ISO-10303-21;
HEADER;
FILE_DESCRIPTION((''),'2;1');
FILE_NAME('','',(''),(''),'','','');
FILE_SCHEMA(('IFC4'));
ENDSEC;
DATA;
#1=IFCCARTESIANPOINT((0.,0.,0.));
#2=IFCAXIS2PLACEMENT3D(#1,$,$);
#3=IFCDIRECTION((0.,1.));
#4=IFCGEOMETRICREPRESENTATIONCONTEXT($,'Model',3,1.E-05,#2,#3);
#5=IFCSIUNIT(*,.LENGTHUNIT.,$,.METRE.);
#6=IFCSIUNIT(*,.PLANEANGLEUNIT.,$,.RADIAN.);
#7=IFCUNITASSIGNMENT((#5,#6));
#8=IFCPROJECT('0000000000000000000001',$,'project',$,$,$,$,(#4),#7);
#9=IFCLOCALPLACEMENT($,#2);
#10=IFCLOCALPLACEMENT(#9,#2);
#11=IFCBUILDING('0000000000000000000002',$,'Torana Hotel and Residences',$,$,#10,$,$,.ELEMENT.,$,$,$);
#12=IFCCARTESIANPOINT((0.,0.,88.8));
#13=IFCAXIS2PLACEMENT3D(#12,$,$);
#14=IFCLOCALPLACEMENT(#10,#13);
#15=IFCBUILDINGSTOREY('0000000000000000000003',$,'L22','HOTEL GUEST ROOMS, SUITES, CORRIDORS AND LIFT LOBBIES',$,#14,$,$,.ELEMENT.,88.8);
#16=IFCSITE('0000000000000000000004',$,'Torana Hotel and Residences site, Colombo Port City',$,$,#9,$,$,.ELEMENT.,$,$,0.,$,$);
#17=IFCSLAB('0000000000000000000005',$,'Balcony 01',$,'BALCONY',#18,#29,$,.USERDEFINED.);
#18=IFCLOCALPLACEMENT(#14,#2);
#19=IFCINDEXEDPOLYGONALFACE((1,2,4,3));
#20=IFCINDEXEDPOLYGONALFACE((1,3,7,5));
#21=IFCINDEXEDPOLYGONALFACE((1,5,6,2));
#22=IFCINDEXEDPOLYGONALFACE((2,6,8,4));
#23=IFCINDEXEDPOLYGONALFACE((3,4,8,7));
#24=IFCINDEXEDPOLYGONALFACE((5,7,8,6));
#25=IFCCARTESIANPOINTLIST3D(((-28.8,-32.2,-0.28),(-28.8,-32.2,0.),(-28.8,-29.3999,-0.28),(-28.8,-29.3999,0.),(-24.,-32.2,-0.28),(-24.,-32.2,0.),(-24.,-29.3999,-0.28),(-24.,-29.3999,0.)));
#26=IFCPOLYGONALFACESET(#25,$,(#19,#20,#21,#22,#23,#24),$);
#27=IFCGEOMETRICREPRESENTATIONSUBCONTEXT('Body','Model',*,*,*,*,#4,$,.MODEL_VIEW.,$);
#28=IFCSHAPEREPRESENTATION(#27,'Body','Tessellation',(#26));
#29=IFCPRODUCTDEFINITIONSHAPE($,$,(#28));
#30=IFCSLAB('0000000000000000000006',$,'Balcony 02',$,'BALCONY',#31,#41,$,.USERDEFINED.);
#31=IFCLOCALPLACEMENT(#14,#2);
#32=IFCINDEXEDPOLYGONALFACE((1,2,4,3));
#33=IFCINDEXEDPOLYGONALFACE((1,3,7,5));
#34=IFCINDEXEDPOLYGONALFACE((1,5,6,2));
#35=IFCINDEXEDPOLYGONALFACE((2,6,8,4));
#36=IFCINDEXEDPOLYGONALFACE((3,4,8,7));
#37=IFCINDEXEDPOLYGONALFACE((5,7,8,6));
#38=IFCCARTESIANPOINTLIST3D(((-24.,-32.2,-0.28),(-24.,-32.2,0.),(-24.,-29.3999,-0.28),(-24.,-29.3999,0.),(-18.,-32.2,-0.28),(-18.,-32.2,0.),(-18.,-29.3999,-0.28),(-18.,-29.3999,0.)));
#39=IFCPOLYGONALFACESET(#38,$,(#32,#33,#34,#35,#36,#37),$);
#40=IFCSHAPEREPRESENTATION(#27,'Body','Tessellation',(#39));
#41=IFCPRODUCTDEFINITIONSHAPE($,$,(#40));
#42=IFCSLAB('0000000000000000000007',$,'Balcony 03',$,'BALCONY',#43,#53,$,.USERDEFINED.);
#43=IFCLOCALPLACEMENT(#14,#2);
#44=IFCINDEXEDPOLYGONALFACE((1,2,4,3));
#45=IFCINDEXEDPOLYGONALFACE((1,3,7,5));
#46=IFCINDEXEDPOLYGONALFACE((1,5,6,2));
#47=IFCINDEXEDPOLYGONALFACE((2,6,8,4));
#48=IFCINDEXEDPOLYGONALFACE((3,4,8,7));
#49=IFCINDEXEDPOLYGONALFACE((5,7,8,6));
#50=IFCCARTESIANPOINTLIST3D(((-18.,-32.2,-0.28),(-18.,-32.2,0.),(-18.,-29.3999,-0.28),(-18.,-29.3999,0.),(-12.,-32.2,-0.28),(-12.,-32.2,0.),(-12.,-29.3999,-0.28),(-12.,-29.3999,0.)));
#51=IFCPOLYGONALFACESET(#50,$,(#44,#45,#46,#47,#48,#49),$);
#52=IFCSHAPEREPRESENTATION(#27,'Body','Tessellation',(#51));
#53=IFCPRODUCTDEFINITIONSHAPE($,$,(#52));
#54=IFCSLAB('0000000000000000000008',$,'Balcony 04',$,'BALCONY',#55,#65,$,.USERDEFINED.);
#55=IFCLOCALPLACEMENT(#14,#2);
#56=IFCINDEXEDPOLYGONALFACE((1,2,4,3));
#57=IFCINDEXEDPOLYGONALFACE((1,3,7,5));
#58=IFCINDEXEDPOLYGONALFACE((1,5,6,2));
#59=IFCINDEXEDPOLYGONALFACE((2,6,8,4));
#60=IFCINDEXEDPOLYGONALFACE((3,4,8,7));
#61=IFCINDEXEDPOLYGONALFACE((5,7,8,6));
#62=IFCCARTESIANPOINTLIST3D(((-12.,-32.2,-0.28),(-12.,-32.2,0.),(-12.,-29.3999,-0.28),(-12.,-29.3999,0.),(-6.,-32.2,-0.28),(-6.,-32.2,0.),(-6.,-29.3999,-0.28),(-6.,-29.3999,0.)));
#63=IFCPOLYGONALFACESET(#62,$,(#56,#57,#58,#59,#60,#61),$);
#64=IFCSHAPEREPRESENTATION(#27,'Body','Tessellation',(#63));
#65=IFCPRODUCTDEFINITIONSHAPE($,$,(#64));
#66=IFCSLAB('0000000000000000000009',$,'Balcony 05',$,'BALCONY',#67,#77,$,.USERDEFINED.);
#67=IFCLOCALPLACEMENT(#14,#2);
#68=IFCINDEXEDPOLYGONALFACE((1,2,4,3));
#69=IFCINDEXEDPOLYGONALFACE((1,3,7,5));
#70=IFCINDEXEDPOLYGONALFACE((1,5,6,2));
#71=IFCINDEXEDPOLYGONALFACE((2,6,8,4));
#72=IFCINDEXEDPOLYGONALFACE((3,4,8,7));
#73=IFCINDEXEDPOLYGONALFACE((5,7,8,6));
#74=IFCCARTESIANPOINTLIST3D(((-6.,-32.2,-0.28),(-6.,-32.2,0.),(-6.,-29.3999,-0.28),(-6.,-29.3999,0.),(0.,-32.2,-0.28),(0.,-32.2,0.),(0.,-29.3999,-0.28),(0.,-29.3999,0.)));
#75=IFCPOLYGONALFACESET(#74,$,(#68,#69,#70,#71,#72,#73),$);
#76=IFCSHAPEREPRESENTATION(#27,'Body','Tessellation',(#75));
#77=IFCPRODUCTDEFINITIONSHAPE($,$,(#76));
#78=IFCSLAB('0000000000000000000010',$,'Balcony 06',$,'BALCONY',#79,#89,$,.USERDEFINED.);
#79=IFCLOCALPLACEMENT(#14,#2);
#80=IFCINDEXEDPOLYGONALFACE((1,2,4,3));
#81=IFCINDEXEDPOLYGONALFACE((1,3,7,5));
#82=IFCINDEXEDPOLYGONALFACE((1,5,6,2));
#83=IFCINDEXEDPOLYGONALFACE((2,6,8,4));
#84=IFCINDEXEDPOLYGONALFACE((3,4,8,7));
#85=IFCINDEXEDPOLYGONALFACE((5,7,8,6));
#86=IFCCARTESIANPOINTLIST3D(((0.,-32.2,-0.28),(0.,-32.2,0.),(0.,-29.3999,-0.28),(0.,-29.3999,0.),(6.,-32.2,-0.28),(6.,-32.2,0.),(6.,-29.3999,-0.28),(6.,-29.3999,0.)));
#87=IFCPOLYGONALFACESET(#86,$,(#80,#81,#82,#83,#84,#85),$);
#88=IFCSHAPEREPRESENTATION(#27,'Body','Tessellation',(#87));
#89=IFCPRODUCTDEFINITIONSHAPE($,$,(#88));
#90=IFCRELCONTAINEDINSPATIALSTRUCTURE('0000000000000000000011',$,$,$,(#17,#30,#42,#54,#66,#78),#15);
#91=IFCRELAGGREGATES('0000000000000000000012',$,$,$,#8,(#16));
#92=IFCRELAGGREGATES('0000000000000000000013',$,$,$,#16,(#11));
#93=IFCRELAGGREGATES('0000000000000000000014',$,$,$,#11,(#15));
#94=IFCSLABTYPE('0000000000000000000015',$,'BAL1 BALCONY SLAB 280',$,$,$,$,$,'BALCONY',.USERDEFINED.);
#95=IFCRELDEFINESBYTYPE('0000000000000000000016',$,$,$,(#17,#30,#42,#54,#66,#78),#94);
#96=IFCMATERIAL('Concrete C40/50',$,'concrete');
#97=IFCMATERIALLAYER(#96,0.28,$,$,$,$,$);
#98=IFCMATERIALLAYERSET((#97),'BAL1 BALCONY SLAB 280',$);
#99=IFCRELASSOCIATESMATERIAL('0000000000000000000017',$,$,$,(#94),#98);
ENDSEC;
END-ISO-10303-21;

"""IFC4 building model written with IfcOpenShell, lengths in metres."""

from ifc_helpers import new_model, si_unit, direction, frame, origin, place, context, subcontext, project, spatial, polyline, outline, extrude, material, layer, layer_set, type_object, element, save


model = new_model("IFC4")

# Units and contexts
model_context = context("Model", 3, precision=1e-05, world=origin(), true_north=direction((0.0, 1.0)))
body_context = subcontext(model_context, "Body", "Model", "MODEL_VIEW")
ifc_project = project(units=[si_unit("LENGTHUNIT", "METRE"), si_unit("PLANEANGLEUNIT", "RADIAN")], contexts=[model_context])

# Site, building, storey
site_placement = place(None, origin())
site = spatial("IfcSite", under=ifc_project, at=site_placement, Name="Torana Hotel and Residences site, Colombo Port City", CompositionType="ELEMENT", RefElevation=0.0)
building_placement = place(site_placement, origin())
building = spatial("IfcBuilding", under=site, at=building_placement, Name="Torana Hotel and Residences", CompositionType="ELEMENT")
storey_placement = place(building_placement, frame((0.0, 0.0, 88.8)))
storey = spatial("IfcBuildingStorey", under=building, at=storey_placement, Name="L22", Description="HOTEL GUEST ROOMS, SUITES, CORRIDORS AND LIFT LOBBIES", CompositionType="ELEMENT", Elevation=88.8)

# Slabs
ifc_material_1 = material(Name="Concrete C40/50", Category="concrete")
ifc_layer_1 = layer(ifc_material_1, 0.28)
ifc_layer_set_1 = layer_set([ifc_layer_1], Name="BAL1 BALCONY SLAB 280")
slab_type_1 = type_object("IfcSlabType", Name="BAL1 BALCONY SLAB 280", ElementType="BALCONY", PredefinedType="USERDEFINED", material=ifc_layer_set_1)
slab_1_placement = place(storey_placement, frame((0.0, 0.0, -0.28)))
element("IfcSlab", 1, at=slab_1_placement, inside=storey, type_object=slab_type_1, Name="Balcony 01", ObjectType="BALCONY", PredefinedType="USERDEFINED", context=body_context, shape_type="SweptSolid", body=[
    extrude(outline(polyline([(-28.8, -32.2), (-24.0, -32.2), (-24.0, -29.3999), (-28.8, -29.3999), (-28.8, -32.2)])), origin(), (0.0, 0.0, 1.0), 0.28),
])
slab_2_placement = place(storey_placement, frame((0.0, 0.0, -0.28)))
element("IfcSlab", 2, at=slab_2_placement, inside=storey, type_object=slab_type_1, Name="Balcony 02", ObjectType="BALCONY", PredefinedType="USERDEFINED", context=body_context, shape_type="SweptSolid", body=[
    extrude(outline(polyline([(-24.0, -32.2), (-18.0, -32.2), (-18.0, -29.3999), (-24.0, -29.3999), (-24.0, -32.2)])), origin(), (0.0, 0.0, 1.0), 0.28),
])
slab_3_placement = place(storey_placement, frame((0.0, 0.0, -0.28)))
element("IfcSlab", 3, at=slab_3_placement, inside=storey, type_object=slab_type_1, Name="Balcony 03", ObjectType="BALCONY", PredefinedType="USERDEFINED", context=body_context, shape_type="SweptSolid", body=[
    extrude(outline(polyline([(-18.0, -32.2), (-12.0, -32.2), (-12.0, -29.3999), (-18.0, -29.3999), (-18.0, -32.2)])), origin(), (0.0, 0.0, 1.0), 0.28),
])
slab_4_placement = place(storey_placement, frame((0.0, 0.0, -0.28)))
element("IfcSlab", 4, at=slab_4_placement, inside=storey, type_object=slab_type_1, Name="Balcony 04", ObjectType="BALCONY", PredefinedType="USERDEFINED", context=body_context, shape_type="SweptSolid", body=[
    extrude(outline(polyline([(-12.0, -32.2), (-6.0, -32.2), (-6.0, -29.3999), (-12.0, -29.3999), (-12.0, -32.2)])), origin(), (0.0, 0.0, 1.0), 0.28),
])
slab_5_placement = place(storey_placement, frame((0.0, 0.0, -0.28)))
element("IfcSlab", 5, at=slab_5_placement, inside=storey, type_object=slab_type_1, Name="Balcony 05", ObjectType="BALCONY", PredefinedType="USERDEFINED", context=body_context, shape_type="SweptSolid", body=[
    extrude(outline(polyline([(-6.0, -32.2), (0.0, -32.2), (0.0, -29.3999), (-6.0, -29.3999), (-6.0, -32.2)])), origin(), (0.0, 0.0, 1.0), 0.28),
])
slab_6_placement = place(storey_placement, frame((0.0, 0.0, -0.28)))
element("IfcSlab", 6, at=slab_6_placement, inside=storey, type_object=slab_type_1, Name="Balcony 06", ObjectType="BALCONY", PredefinedType="USERDEFINED", context=body_context, shape_type="SweptSolid", body=[
    extrude(outline(polyline([(0.0, -32.2), (6.0, -32.2), (6.0, -29.3999), (0.0, -29.3999), (0.0, -32.2)])), origin(), (0.0, 0.0, 1.0), 0.28),
])

save(model, "model.ifc")
